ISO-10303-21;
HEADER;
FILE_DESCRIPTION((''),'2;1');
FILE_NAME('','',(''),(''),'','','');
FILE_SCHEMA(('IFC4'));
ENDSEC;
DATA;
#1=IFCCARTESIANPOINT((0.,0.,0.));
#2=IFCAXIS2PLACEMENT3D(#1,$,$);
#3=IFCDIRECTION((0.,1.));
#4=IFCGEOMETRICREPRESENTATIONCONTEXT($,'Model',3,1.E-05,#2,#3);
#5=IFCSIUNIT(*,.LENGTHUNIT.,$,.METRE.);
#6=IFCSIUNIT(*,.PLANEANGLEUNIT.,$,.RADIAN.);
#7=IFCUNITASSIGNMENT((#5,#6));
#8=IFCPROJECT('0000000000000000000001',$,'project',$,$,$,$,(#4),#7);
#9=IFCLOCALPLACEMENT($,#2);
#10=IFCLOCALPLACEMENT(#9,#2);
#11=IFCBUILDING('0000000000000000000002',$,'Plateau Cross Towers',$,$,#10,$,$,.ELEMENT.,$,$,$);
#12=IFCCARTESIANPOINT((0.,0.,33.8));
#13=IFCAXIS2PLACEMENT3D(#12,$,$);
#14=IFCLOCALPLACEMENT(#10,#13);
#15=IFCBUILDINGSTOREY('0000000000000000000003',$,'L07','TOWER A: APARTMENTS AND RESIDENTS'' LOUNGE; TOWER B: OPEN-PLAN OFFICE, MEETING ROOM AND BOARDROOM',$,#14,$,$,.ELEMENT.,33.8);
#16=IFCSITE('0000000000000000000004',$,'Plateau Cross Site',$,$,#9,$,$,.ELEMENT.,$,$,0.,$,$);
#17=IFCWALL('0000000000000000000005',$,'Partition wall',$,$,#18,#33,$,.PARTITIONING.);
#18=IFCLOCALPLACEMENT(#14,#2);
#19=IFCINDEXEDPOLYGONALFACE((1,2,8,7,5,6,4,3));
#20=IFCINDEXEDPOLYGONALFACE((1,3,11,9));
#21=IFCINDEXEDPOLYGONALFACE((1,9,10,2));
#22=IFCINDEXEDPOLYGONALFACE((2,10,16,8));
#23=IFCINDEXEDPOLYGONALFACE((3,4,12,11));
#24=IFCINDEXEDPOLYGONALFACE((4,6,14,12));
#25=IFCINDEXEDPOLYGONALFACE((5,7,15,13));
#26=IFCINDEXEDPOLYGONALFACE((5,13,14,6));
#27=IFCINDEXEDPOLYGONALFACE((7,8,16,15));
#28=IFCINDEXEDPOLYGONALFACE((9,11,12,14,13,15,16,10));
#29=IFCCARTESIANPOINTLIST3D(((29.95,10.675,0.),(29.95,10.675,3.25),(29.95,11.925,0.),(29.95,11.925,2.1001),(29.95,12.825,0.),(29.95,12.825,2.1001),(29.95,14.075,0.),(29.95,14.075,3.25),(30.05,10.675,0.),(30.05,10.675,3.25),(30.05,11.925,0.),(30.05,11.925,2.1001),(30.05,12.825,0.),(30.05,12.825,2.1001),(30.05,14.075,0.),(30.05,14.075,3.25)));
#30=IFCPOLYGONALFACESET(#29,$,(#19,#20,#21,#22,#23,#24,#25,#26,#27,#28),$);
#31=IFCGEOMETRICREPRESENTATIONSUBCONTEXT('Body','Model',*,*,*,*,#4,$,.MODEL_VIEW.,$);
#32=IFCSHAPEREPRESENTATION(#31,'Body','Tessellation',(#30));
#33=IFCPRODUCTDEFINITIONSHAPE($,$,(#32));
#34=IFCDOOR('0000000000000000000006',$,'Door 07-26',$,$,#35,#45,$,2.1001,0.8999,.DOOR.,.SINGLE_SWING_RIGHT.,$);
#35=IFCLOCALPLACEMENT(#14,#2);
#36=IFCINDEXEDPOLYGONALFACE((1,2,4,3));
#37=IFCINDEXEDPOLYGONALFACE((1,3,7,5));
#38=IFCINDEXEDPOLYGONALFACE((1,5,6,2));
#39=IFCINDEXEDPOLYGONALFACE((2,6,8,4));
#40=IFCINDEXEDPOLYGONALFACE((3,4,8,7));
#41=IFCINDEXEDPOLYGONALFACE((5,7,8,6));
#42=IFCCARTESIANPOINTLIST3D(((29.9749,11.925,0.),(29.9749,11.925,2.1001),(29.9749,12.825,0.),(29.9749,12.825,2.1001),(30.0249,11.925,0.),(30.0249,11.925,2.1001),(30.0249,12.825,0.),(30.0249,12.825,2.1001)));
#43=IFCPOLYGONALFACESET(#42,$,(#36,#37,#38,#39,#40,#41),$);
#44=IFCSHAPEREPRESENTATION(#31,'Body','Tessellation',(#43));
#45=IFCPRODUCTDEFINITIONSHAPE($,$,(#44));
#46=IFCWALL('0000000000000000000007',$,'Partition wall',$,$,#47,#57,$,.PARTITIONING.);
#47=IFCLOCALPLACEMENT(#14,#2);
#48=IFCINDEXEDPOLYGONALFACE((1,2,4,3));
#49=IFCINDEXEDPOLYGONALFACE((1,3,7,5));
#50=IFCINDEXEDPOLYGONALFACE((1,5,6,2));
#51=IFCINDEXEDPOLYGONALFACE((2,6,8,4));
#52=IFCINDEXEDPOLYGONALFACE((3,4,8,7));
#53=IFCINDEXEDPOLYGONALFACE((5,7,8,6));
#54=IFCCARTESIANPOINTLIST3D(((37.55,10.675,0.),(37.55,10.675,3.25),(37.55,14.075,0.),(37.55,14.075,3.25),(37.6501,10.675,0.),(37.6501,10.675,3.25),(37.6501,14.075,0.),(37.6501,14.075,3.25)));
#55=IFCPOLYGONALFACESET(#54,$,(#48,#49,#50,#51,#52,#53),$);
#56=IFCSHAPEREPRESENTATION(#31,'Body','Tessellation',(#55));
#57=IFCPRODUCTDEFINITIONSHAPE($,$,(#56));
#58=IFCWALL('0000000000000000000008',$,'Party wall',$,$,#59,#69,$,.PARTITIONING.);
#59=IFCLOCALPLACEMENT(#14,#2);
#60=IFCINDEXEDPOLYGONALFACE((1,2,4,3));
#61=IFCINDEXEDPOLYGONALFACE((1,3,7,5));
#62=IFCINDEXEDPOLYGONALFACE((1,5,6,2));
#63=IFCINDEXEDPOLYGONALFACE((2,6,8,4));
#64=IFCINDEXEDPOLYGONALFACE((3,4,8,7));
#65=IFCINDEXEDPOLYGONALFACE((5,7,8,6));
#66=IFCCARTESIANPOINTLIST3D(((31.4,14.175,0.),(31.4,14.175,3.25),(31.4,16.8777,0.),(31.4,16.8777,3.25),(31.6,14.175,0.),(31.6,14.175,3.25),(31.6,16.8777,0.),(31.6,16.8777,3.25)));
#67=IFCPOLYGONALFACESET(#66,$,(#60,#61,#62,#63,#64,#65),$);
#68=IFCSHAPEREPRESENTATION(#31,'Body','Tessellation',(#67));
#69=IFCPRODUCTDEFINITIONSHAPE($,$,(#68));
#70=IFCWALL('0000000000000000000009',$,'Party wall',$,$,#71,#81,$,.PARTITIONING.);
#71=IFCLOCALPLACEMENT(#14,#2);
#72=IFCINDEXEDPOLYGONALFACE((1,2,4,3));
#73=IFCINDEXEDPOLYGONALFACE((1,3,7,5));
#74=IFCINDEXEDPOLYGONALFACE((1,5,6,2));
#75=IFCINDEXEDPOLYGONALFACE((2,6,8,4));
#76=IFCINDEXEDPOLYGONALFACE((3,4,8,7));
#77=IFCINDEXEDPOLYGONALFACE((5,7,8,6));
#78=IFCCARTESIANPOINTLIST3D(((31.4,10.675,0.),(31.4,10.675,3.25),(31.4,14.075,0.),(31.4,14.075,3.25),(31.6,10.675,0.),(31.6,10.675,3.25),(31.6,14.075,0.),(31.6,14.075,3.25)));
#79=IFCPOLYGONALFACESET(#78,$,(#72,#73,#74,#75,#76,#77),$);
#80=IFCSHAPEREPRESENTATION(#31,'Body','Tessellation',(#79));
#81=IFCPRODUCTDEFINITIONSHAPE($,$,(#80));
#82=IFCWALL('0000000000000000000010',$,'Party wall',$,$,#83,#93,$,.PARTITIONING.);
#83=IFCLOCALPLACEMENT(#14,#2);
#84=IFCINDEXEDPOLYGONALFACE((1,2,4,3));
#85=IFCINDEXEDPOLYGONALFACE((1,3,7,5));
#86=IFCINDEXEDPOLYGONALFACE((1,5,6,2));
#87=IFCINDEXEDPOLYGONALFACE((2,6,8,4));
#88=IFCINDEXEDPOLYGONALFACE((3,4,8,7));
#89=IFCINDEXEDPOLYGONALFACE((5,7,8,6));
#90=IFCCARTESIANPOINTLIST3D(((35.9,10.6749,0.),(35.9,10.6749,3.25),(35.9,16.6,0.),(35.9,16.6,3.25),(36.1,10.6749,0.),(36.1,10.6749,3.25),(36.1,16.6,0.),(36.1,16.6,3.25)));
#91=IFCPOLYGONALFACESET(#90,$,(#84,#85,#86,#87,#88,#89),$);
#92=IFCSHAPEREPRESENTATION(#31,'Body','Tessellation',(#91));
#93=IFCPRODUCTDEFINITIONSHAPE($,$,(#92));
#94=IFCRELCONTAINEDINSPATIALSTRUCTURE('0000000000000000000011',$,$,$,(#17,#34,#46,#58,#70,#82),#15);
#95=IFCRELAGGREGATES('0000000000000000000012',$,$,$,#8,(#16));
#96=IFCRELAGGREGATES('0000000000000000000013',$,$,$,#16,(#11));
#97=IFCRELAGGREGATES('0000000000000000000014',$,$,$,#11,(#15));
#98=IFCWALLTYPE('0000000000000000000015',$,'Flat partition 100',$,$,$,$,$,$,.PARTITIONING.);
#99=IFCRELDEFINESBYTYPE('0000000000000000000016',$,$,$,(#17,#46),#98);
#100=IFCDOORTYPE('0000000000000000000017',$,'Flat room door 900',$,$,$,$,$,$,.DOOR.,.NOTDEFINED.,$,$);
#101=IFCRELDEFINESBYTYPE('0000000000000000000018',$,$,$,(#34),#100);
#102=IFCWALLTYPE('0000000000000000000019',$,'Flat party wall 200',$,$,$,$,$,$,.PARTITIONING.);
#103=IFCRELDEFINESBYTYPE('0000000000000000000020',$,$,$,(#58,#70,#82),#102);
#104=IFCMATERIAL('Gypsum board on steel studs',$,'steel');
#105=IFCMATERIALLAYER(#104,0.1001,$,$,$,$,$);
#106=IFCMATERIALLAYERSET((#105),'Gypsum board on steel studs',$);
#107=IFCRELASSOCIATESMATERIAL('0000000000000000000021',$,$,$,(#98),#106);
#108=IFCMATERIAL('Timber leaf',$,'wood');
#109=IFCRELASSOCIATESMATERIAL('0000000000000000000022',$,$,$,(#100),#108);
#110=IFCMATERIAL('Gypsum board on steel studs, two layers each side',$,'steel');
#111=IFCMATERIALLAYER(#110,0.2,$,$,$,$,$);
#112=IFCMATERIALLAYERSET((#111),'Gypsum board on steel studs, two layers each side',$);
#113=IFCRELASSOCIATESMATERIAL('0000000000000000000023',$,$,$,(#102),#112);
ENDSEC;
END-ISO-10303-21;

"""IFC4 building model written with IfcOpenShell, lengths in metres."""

from ifc_helpers import new_model, si_unit, direction, frame, frame_2d, origin, place, context, subcontext, project, spatial, rectangle, extrude, material, layer, layer_set, type_object, element, fill, save


model = new_model("IFC4")

# Units and contexts
model_context = context("Model", 3, precision=1e-05, world=origin(), true_north=direction((0.0, 1.0)))
body_context = subcontext(model_context, "Body", "Model", "MODEL_VIEW")
ifc_project = project(units=[si_unit("LENGTHUNIT", "METRE"), si_unit("PLANEANGLEUNIT", "RADIAN")], contexts=[model_context])

# Site, building, storey
site_placement = place(None, origin())
site = spatial("IfcSite", under=ifc_project, at=site_placement, Name="Plateau Cross Site", CompositionType="ELEMENT", RefElevation=0.0)
building_placement = place(site_placement, origin())
building = spatial("IfcBuilding", under=site, at=building_placement, Name="Plateau Cross Towers", CompositionType="ELEMENT")
storey_placement = place(building_placement, frame((0.0, 0.0, 33.8)))
storey = spatial("IfcBuildingStorey", under=building, at=storey_placement, Name="L07", Description="TOWER A: APARTMENTS AND RESIDENTS' LOUNGE; TOWER B: OPEN-PLAN OFFICE, MEETING ROOM AND BOARDROOM", CompositionType="ELEMENT", Elevation=33.8)

# Shared definitions
ifc_material_1 = material(Name="Gypsum board on steel studs", Category="steel")
ifc_layer_1 = layer(ifc_material_1, 0.1001)
ifc_layer_set_1 = layer_set([ifc_layer_1], Name="Gypsum board on steel studs")
wall_type_1 = type_object("IfcWallType", Name="Flat partition 100", PredefinedType="PARTITIONING", material=ifc_layer_set_1)

# Shared definitions
ifc_material_2 = material(Name="Timber leaf", Category="wood")
door_type = type_object("IfcDoorType", Name="Flat room door 900", OperationType="NOTDEFINED", PredefinedType="DOOR", material=ifc_material_2)

# Wall, opening, door
wall_1_placement = place(storey_placement, frame((30.0, 14.075, 0.0), z_axis=(0.0, 0.0, 1.0), x_axis=(0.0, -1.0, 0.0)))
wall_1 = element("IfcWall", 1, at=wall_1_placement, inside=storey, type_object=wall_type_1, Name="Partition wall", PredefinedType="PARTITIONING", context=body_context, shape_type="SweptSolid", body=[
    extrude(rectangle(XDim=3.3999, YDim=0.1001, at=frame_2d((1.7, 0.0))), origin(), (0.0, 0.0, 1.0), 3.25),
])
opening_1_placement = place(wall_1_placement, frame((1.25, 0.0, 0.0)))
opening_1 = element("IfcOpeningElement", 2, at=opening_1_placement, cuts=wall_1, PredefinedType="OPENING", context=body_context, shape_type="SweptSolid", body=[
    extrude(rectangle(XDim=0.8999, YDim=2.1001, at=frame_2d((0.45, 1.05))), frame((0.0, 0.0601, 0.0), z_axis=(0.0, -1.0, 0.0), x_axis=(1.0, 0.0, 0.0)), (0.0, 0.0, 1.0), 0.1201),
])
door_1_placement = place(opening_1_placement, origin())
door_1 = element("IfcDoor", 3, at=door_1_placement, inside=storey, type_object=door_type, Name="Door 07-26", OperationType="SINGLE_SWING_RIGHT", OverallHeight=2.1001, OverallWidth=0.8999, PredefinedType="DOOR", context=body_context, shape_type="SweptSolid", body=[
    extrude(rectangle(XDim=0.8999, YDim=2.1001, at=frame_2d((0.45, 1.05))), frame((0.0, 0.0249, 0.0), z_axis=(0.0, -1.0, 0.0), x_axis=(1.0, 0.0, 0.0)), (0.0, 0.0, 1.0), 0.05),
])
fill(opening_1, door_1)

# Walls
wall_2_placement = place(storey_placement, frame((37.6001, 10.675, 0.0), z_axis=(0.0, 0.0, 1.0), x_axis=(0.0, 1.0, 0.0)))
element("IfcWall", 4, at=wall_2_placement, inside=storey, type_object=wall_type_1, Name="Partition wall", PredefinedType="PARTITIONING", context=body_context, shape_type="SweptSolid", body=[
    extrude(rectangle(XDim=3.3999, YDim=0.1001, at=frame_2d((1.7, 0.0))), origin(), (0.0, 0.0, 1.0), 3.25),
])
ifc_material_3 = material(Name="Gypsum board on steel studs, two layers each side", Category="steel")
ifc_layer_2 = layer(ifc_material_3, 0.2)
ifc_layer_set_2 = layer_set([ifc_layer_2], Name="Gypsum board on steel studs, two layers each side")
wall_type_2 = type_object("IfcWallType", Name="Flat party wall 200", PredefinedType="PARTITIONING", material=ifc_layer_set_2)
wall_3_placement = place(storey_placement, frame((31.5, 16.8777, 0.0), z_axis=(0.0, 0.0, 1.0), x_axis=(0.0, -1.0, 0.0)))
element("IfcWall", 5, at=wall_3_placement, inside=storey, type_object=wall_type_2, Name="Party wall", PredefinedType="PARTITIONING", context=body_context, shape_type="SweptSolid", body=[
    extrude(rectangle(XDim=2.7026, YDim=0.2, at=frame_2d((1.3513, 0.0))), origin(), (0.0, 0.0, 1.0), 3.25),
])
wall_4_placement = place(storey_placement, frame((31.5, 10.675, 0.0), z_axis=(0.0, 0.0, 1.0), x_axis=(0.0, 1.0, 0.0)))
element("IfcWall", 6, at=wall_4_placement, inside=storey, type_object=wall_type_2, Name="Party wall", PredefinedType="PARTITIONING", context=body_context, shape_type="SweptSolid", body=[
    extrude(rectangle(XDim=3.3999, YDim=0.2, at=frame_2d((1.7, 0.0))), origin(), (0.0, 0.0, 1.0), 3.25),
])
wall_5_placement = place(storey_placement, frame((36.0, 10.675, 0.0), z_axis=(0.0, 0.0, 1.0), x_axis=(0.0, 1.0, 0.0)))
element("IfcWall", 7, at=wall_5_placement, inside=storey, type_object=wall_type_2, Name="Party wall", PredefinedType="PARTITIONING", context=body_context, shape_type="SweptSolid", body=[
    extrude(rectangle(XDim=5.925, YDim=0.2, at=frame_2d((2.9624, 0.0))), origin(), (0.0, 0.0, 1.0), 3.25),
])

save(model, "model.ifc")
